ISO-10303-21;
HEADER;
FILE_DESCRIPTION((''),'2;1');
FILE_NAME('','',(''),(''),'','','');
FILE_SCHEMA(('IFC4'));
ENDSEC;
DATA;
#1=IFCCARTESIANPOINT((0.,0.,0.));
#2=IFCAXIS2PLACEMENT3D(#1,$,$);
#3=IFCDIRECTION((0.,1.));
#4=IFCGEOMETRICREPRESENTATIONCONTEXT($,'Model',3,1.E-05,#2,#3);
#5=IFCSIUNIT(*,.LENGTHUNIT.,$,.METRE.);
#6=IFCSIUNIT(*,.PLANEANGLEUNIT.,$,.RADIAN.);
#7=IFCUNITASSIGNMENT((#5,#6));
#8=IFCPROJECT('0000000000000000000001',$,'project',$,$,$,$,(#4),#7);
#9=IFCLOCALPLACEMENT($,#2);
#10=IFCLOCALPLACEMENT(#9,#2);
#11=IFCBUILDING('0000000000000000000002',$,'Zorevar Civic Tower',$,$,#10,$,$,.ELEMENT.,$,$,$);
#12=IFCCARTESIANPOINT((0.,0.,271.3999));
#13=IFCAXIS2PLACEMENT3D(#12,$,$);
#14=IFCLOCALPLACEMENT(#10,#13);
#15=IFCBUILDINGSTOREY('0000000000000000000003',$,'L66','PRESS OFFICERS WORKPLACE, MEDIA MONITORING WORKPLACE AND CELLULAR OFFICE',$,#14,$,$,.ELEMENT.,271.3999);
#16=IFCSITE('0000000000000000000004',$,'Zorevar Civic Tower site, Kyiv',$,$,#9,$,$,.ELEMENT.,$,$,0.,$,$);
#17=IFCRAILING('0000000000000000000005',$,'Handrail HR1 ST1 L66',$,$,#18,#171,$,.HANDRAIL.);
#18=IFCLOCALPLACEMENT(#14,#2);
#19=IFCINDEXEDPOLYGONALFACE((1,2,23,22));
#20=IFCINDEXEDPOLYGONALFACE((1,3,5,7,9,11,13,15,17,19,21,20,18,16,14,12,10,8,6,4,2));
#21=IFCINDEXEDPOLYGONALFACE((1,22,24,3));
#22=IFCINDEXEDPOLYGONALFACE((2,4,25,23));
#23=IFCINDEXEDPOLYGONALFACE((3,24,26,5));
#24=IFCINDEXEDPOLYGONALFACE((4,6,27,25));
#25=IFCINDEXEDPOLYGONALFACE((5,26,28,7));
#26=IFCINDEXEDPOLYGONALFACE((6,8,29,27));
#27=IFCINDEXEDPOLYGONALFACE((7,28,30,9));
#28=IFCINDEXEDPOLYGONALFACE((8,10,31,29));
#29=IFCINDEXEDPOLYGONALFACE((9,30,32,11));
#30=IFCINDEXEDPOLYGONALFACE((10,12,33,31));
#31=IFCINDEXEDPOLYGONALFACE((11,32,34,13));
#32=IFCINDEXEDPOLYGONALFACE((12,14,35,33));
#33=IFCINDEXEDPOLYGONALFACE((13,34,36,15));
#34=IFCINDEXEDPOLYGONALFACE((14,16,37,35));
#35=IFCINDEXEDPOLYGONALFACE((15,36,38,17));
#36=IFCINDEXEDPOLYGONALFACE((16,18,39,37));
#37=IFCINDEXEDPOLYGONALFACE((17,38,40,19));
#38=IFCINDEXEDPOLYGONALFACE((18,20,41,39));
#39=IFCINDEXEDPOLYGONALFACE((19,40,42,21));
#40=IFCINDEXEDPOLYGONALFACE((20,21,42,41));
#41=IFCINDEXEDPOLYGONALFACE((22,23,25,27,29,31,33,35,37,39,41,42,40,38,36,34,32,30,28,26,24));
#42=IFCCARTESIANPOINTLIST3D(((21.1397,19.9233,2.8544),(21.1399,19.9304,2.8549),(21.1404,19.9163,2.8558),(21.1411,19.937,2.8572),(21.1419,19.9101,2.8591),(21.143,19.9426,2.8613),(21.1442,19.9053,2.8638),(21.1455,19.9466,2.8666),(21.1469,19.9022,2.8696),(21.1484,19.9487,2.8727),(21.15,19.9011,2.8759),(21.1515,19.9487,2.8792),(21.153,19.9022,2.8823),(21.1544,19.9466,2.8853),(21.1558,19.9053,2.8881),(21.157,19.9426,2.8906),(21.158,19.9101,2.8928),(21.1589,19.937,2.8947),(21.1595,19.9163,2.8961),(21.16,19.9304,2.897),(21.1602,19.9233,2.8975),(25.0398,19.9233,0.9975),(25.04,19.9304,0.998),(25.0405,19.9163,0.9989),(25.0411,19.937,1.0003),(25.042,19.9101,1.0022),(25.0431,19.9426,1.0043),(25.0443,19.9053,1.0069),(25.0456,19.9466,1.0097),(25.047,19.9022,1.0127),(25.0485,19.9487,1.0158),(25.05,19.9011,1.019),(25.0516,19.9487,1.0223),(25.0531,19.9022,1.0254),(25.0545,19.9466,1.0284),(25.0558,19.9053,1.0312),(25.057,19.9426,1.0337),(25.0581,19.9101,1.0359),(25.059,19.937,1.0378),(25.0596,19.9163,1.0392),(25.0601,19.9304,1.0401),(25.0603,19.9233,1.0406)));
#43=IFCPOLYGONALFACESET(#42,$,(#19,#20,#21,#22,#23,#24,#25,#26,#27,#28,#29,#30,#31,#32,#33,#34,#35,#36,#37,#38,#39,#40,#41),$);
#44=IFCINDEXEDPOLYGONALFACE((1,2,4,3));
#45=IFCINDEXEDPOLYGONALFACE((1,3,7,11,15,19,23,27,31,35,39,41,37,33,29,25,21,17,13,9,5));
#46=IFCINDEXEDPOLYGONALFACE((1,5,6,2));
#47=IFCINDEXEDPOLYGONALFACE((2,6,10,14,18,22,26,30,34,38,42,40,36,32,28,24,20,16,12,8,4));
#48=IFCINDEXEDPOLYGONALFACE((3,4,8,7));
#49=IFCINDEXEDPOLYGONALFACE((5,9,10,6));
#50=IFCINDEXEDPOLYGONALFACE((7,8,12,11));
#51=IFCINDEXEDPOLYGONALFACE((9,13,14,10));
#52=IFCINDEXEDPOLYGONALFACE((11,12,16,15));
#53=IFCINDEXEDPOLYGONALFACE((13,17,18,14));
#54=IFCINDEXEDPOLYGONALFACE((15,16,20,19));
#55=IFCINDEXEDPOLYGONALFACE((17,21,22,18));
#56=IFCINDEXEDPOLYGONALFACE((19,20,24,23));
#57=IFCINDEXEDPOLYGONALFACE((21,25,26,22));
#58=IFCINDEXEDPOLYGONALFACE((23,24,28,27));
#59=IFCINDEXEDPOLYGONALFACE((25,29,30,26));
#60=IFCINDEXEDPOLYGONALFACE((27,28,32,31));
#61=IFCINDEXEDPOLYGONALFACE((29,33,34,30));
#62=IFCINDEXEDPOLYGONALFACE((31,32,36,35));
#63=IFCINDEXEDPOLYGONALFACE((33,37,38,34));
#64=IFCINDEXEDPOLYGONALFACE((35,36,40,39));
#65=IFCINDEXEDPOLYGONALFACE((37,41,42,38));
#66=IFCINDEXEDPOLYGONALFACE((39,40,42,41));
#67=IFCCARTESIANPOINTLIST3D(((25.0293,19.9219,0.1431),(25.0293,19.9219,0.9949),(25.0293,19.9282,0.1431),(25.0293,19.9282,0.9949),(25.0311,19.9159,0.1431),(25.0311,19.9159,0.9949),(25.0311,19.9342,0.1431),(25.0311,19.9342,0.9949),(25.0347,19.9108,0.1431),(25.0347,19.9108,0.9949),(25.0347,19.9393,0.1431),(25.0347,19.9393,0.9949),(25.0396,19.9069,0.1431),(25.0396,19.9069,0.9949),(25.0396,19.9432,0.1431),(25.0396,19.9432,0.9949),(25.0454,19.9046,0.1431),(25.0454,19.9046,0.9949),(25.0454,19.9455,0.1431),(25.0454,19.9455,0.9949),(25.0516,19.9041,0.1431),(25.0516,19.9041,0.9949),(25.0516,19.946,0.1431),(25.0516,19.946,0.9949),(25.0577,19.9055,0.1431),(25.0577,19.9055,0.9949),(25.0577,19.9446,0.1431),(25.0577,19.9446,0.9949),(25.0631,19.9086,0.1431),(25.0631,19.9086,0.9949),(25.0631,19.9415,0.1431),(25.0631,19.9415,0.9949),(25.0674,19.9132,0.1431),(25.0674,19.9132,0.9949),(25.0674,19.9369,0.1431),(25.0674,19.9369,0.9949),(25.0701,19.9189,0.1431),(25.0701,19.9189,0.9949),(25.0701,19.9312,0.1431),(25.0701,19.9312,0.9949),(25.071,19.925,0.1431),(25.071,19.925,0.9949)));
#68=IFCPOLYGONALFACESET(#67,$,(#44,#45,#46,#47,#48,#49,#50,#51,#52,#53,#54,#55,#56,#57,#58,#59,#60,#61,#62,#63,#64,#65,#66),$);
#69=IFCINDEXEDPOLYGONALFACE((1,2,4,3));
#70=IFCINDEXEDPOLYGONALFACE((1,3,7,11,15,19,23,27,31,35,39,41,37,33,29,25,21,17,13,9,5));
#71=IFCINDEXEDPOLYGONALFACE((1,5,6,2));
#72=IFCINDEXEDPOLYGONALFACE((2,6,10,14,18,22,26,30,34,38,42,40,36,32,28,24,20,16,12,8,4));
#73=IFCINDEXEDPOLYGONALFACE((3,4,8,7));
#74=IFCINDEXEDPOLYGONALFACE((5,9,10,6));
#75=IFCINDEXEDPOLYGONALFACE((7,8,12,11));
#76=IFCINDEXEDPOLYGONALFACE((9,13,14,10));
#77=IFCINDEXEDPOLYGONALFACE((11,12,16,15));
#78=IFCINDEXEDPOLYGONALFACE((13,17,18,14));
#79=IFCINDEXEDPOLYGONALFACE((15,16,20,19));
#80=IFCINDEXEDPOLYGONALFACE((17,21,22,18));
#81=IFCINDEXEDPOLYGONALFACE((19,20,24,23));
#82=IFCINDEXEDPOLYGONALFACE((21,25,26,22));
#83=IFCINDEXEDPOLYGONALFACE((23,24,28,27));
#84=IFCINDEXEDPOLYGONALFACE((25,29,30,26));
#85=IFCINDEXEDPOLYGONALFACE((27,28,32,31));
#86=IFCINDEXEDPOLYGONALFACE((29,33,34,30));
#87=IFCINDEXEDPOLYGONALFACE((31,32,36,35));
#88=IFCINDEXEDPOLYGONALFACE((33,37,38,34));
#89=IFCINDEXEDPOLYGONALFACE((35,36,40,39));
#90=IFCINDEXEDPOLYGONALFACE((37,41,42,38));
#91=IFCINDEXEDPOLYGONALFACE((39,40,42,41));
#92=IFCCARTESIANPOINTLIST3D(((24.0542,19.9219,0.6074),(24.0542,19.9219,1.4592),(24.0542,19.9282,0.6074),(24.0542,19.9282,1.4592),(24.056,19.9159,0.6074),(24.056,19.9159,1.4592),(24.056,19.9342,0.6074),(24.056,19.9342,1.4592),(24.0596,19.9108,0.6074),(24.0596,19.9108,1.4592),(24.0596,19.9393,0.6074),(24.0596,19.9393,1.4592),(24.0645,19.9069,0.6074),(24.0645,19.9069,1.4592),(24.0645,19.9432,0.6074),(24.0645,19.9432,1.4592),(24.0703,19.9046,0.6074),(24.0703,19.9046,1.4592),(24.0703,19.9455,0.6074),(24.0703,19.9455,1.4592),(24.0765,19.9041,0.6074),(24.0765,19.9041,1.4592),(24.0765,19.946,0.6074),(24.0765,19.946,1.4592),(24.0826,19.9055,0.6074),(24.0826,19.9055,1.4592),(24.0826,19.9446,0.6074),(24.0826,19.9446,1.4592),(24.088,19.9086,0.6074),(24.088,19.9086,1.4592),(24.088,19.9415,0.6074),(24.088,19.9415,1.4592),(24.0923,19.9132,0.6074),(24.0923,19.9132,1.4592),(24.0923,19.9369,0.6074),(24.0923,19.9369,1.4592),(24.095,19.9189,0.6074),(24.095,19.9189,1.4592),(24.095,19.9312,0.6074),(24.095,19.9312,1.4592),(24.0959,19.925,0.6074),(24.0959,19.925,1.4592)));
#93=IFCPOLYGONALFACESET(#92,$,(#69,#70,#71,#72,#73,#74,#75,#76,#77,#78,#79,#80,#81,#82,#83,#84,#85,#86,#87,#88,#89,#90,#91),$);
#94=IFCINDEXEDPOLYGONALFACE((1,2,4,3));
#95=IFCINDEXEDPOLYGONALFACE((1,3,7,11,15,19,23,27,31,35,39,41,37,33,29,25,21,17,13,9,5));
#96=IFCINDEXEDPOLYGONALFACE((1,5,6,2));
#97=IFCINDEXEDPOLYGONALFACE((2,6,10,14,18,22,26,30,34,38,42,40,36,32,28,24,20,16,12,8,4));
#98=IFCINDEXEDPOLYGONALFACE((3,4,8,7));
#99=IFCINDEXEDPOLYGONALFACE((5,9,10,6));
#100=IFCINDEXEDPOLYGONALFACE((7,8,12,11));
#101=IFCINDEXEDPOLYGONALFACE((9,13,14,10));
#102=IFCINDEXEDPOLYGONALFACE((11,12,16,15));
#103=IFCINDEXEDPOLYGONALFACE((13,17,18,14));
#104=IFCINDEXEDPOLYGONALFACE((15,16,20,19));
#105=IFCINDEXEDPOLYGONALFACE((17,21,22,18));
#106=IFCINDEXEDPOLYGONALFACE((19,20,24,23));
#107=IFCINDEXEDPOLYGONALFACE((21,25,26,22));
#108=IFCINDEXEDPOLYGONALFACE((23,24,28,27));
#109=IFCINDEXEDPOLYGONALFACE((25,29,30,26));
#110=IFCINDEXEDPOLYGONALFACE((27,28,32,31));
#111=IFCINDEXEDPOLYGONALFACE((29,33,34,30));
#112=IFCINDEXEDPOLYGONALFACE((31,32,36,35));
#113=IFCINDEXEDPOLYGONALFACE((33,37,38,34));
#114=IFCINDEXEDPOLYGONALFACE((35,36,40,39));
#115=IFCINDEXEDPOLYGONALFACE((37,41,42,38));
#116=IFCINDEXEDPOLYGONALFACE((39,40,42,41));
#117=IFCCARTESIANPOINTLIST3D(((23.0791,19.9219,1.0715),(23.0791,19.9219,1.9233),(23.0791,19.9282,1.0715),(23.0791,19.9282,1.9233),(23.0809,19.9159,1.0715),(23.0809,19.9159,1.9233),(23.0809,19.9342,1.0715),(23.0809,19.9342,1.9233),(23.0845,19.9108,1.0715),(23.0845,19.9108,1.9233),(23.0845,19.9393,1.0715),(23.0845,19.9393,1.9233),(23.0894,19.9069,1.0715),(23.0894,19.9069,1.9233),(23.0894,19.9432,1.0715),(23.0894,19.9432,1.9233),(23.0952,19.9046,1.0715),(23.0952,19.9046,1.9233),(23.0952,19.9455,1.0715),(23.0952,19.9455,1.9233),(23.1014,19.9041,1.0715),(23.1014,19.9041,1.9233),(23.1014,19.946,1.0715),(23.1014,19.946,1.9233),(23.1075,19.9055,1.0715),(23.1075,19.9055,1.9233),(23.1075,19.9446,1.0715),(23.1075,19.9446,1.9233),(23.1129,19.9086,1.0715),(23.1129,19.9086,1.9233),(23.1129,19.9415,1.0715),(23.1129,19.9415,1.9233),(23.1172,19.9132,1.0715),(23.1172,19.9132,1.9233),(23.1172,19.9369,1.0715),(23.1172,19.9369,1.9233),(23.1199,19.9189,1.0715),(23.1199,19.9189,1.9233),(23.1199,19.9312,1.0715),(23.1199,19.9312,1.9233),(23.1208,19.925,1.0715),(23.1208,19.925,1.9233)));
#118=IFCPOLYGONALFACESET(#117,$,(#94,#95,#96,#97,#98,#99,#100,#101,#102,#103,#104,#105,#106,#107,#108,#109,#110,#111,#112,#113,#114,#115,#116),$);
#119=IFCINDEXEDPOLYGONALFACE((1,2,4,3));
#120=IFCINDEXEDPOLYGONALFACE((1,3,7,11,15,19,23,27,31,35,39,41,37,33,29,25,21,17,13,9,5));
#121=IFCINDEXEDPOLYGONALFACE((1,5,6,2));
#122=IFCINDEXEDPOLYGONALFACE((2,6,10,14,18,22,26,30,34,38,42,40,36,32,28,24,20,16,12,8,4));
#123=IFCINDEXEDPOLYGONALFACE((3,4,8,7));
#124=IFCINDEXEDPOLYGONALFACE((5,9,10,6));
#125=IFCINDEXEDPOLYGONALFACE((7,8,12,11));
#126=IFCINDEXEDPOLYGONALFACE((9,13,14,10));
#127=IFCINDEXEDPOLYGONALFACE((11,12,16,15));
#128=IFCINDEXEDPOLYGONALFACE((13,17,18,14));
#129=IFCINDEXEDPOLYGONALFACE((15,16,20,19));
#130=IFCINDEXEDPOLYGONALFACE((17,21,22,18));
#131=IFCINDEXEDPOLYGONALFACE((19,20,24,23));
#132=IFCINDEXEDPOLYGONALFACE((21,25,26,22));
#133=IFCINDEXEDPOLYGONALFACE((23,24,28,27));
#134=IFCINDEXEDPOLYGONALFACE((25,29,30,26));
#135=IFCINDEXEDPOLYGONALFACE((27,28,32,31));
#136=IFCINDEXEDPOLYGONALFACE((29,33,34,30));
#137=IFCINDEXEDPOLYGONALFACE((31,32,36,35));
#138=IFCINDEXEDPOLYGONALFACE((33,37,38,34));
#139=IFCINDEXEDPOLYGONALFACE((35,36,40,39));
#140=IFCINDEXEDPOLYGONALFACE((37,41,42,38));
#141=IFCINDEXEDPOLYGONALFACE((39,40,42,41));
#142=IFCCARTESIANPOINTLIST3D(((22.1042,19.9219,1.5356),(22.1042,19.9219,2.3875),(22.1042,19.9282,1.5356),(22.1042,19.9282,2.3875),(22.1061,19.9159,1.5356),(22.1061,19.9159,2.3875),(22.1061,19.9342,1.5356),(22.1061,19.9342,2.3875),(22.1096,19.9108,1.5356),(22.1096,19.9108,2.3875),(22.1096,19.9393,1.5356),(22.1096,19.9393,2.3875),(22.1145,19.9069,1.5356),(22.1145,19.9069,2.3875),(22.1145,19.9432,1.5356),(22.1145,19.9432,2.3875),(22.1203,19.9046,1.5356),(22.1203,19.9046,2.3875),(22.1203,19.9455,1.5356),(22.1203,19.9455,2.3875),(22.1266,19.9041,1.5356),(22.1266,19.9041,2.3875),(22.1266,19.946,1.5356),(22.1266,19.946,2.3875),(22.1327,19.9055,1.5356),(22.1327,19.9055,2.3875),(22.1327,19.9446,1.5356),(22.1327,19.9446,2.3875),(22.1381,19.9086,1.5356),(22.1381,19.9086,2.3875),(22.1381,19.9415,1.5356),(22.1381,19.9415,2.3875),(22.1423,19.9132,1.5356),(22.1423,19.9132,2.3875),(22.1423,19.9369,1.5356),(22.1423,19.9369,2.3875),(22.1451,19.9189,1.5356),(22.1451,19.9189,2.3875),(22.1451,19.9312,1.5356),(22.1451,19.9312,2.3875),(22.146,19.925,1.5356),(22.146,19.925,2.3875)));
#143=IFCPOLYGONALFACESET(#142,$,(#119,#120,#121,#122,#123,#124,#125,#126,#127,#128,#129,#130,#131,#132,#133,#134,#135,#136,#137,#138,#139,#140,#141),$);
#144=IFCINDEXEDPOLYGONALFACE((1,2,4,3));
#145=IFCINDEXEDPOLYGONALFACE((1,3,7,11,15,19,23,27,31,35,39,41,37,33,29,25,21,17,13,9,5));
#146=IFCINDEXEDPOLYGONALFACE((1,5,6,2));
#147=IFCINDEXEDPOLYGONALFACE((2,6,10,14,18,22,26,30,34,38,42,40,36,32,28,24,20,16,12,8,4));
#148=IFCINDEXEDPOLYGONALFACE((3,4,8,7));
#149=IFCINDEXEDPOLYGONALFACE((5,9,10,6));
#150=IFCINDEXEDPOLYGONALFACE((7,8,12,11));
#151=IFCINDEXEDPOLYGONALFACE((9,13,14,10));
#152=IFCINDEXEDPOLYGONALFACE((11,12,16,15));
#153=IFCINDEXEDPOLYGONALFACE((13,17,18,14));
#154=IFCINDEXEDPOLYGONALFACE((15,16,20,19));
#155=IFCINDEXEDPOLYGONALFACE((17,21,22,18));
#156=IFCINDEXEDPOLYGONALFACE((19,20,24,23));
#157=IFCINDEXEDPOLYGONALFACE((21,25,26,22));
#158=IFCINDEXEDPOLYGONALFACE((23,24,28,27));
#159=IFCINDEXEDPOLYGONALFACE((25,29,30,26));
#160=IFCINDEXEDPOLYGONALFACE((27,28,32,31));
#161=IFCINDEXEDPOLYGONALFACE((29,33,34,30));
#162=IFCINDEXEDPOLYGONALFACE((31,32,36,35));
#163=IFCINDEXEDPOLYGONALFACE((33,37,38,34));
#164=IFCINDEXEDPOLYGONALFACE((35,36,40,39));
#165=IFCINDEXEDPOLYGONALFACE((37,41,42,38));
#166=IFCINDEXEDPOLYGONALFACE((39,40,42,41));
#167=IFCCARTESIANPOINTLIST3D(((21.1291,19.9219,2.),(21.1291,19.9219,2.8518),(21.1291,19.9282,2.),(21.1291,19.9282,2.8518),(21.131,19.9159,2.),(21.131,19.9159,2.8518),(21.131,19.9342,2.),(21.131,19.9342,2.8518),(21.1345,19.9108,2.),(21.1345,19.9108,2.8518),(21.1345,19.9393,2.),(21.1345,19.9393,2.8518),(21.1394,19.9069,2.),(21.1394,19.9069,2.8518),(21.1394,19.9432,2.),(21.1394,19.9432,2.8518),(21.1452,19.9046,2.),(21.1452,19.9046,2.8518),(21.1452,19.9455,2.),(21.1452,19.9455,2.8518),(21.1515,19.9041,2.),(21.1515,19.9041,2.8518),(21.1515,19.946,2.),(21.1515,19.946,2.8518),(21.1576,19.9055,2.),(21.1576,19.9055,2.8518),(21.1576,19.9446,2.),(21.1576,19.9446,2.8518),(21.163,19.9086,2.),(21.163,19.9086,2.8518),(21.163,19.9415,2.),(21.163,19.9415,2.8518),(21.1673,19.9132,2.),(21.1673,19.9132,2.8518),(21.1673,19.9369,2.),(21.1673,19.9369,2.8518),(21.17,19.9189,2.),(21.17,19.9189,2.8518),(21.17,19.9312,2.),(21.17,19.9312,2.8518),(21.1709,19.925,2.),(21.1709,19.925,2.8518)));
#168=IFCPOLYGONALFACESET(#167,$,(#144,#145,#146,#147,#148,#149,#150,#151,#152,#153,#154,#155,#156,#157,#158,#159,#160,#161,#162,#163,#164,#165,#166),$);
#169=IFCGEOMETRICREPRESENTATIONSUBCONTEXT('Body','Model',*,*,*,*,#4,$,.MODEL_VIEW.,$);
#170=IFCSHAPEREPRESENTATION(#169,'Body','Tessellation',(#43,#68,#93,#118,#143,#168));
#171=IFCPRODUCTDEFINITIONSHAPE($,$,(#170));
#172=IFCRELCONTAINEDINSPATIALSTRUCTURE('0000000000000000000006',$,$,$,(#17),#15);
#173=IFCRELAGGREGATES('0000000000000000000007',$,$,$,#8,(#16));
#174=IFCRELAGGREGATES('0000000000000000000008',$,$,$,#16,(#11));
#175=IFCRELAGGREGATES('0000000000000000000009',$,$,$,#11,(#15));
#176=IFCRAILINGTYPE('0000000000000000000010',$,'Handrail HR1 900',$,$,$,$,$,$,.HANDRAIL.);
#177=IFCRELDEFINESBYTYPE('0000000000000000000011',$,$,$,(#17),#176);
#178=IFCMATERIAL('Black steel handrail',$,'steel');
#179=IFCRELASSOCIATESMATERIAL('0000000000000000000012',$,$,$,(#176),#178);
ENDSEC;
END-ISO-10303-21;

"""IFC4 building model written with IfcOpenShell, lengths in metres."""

from ifc_helpers import new_model, si_unit, direction, frame, origin, origin_2d, place, context, subcontext, project, spatial, circle, extrude, material, type_object, element, save


model = new_model("IFC4")

# Units and contexts
model_context = context("Model", 3, precision=1e-05, world=origin(), true_north=direction((0.0, 1.0)))
body_context = subcontext(model_context, "Body", "Model", "MODEL_VIEW")
ifc_project = project(units=[si_unit("LENGTHUNIT", "METRE"), si_unit("PLANEANGLEUNIT", "RADIAN")], contexts=[model_context])

# Site, building, storey
site_placement = place(None, origin())
site = spatial("IfcSite", under=ifc_project, at=site_placement, Name="Zorevar Civic Tower site, Kyiv", CompositionType="ELEMENT", RefElevation=0.0)
building_placement = place(site_placement, origin())
building = spatial("IfcBuilding", under=site, at=building_placement, Name="Zorevar Civic Tower", CompositionType="ELEMENT")
storey_placement = place(building_placement, frame((0.0, 0.0, 271.3999)))
storey = spatial("IfcBuildingStorey", under=building, at=storey_placement, Name="L66", Description="PRESS OFFICERS WORKPLACE, MEDIA MONITORING WORKPLACE AND CELLULAR OFFICE", CompositionType="ELEMENT", Elevation=271.3999)

# Railing
ifc_material_1 = material(Name="Black steel handrail", Category="steel")
railing_type = type_object("IfcRailingType", Name="Handrail HR1 900", PredefinedType="HANDRAIL", material=ifc_material_1)
railing_1_placement = place(storey_placement, frame((25.05, 19.925, 0.1431)))
element("IfcRailing", 1, at=railing_1_placement, inside=storey, type_object=railing_type, Name="Handrail HR1 ST1 L66", PredefinedType="HANDRAIL", context=body_context, shape_type="SweptSolid", body=[
    extrude(circle(Radius=0.0239, at=origin_2d()), frame((0.0, 0.0, 0.876), z_axis=(-0.902886, 0.0, 0.429881), x_axis=(0.0, -1.0, 0.0)), (0.0, 0.0, 1.0), 4.3196),
    extrude(circle(Radius=0.021, at=origin_2d()), origin(), (0.0, 0.0, 1.0), 0.8518),
    extrude(circle(Radius=0.021, at=origin_2d()), frame((-0.9751, 0.0, 0.4644)), (0.0, 0.0, 1.0), 0.8518),
    extrude(circle(Radius=0.021, at=origin_2d()), frame((-1.9502, 0.0, 0.9285)), (0.0, 0.0, 1.0), 0.8518),
    extrude(circle(Radius=0.021, at=origin_2d()), frame((-2.925, 0.0, 1.3926)), (0.0, 0.0, 1.0), 0.8518),
    extrude(circle(Radius=0.021, at=origin_2d()), frame((-3.9001, 0.0, 1.8569)), (0.0, 0.0, 1.0), 0.8518),
])

save(model, "model.ifc")
